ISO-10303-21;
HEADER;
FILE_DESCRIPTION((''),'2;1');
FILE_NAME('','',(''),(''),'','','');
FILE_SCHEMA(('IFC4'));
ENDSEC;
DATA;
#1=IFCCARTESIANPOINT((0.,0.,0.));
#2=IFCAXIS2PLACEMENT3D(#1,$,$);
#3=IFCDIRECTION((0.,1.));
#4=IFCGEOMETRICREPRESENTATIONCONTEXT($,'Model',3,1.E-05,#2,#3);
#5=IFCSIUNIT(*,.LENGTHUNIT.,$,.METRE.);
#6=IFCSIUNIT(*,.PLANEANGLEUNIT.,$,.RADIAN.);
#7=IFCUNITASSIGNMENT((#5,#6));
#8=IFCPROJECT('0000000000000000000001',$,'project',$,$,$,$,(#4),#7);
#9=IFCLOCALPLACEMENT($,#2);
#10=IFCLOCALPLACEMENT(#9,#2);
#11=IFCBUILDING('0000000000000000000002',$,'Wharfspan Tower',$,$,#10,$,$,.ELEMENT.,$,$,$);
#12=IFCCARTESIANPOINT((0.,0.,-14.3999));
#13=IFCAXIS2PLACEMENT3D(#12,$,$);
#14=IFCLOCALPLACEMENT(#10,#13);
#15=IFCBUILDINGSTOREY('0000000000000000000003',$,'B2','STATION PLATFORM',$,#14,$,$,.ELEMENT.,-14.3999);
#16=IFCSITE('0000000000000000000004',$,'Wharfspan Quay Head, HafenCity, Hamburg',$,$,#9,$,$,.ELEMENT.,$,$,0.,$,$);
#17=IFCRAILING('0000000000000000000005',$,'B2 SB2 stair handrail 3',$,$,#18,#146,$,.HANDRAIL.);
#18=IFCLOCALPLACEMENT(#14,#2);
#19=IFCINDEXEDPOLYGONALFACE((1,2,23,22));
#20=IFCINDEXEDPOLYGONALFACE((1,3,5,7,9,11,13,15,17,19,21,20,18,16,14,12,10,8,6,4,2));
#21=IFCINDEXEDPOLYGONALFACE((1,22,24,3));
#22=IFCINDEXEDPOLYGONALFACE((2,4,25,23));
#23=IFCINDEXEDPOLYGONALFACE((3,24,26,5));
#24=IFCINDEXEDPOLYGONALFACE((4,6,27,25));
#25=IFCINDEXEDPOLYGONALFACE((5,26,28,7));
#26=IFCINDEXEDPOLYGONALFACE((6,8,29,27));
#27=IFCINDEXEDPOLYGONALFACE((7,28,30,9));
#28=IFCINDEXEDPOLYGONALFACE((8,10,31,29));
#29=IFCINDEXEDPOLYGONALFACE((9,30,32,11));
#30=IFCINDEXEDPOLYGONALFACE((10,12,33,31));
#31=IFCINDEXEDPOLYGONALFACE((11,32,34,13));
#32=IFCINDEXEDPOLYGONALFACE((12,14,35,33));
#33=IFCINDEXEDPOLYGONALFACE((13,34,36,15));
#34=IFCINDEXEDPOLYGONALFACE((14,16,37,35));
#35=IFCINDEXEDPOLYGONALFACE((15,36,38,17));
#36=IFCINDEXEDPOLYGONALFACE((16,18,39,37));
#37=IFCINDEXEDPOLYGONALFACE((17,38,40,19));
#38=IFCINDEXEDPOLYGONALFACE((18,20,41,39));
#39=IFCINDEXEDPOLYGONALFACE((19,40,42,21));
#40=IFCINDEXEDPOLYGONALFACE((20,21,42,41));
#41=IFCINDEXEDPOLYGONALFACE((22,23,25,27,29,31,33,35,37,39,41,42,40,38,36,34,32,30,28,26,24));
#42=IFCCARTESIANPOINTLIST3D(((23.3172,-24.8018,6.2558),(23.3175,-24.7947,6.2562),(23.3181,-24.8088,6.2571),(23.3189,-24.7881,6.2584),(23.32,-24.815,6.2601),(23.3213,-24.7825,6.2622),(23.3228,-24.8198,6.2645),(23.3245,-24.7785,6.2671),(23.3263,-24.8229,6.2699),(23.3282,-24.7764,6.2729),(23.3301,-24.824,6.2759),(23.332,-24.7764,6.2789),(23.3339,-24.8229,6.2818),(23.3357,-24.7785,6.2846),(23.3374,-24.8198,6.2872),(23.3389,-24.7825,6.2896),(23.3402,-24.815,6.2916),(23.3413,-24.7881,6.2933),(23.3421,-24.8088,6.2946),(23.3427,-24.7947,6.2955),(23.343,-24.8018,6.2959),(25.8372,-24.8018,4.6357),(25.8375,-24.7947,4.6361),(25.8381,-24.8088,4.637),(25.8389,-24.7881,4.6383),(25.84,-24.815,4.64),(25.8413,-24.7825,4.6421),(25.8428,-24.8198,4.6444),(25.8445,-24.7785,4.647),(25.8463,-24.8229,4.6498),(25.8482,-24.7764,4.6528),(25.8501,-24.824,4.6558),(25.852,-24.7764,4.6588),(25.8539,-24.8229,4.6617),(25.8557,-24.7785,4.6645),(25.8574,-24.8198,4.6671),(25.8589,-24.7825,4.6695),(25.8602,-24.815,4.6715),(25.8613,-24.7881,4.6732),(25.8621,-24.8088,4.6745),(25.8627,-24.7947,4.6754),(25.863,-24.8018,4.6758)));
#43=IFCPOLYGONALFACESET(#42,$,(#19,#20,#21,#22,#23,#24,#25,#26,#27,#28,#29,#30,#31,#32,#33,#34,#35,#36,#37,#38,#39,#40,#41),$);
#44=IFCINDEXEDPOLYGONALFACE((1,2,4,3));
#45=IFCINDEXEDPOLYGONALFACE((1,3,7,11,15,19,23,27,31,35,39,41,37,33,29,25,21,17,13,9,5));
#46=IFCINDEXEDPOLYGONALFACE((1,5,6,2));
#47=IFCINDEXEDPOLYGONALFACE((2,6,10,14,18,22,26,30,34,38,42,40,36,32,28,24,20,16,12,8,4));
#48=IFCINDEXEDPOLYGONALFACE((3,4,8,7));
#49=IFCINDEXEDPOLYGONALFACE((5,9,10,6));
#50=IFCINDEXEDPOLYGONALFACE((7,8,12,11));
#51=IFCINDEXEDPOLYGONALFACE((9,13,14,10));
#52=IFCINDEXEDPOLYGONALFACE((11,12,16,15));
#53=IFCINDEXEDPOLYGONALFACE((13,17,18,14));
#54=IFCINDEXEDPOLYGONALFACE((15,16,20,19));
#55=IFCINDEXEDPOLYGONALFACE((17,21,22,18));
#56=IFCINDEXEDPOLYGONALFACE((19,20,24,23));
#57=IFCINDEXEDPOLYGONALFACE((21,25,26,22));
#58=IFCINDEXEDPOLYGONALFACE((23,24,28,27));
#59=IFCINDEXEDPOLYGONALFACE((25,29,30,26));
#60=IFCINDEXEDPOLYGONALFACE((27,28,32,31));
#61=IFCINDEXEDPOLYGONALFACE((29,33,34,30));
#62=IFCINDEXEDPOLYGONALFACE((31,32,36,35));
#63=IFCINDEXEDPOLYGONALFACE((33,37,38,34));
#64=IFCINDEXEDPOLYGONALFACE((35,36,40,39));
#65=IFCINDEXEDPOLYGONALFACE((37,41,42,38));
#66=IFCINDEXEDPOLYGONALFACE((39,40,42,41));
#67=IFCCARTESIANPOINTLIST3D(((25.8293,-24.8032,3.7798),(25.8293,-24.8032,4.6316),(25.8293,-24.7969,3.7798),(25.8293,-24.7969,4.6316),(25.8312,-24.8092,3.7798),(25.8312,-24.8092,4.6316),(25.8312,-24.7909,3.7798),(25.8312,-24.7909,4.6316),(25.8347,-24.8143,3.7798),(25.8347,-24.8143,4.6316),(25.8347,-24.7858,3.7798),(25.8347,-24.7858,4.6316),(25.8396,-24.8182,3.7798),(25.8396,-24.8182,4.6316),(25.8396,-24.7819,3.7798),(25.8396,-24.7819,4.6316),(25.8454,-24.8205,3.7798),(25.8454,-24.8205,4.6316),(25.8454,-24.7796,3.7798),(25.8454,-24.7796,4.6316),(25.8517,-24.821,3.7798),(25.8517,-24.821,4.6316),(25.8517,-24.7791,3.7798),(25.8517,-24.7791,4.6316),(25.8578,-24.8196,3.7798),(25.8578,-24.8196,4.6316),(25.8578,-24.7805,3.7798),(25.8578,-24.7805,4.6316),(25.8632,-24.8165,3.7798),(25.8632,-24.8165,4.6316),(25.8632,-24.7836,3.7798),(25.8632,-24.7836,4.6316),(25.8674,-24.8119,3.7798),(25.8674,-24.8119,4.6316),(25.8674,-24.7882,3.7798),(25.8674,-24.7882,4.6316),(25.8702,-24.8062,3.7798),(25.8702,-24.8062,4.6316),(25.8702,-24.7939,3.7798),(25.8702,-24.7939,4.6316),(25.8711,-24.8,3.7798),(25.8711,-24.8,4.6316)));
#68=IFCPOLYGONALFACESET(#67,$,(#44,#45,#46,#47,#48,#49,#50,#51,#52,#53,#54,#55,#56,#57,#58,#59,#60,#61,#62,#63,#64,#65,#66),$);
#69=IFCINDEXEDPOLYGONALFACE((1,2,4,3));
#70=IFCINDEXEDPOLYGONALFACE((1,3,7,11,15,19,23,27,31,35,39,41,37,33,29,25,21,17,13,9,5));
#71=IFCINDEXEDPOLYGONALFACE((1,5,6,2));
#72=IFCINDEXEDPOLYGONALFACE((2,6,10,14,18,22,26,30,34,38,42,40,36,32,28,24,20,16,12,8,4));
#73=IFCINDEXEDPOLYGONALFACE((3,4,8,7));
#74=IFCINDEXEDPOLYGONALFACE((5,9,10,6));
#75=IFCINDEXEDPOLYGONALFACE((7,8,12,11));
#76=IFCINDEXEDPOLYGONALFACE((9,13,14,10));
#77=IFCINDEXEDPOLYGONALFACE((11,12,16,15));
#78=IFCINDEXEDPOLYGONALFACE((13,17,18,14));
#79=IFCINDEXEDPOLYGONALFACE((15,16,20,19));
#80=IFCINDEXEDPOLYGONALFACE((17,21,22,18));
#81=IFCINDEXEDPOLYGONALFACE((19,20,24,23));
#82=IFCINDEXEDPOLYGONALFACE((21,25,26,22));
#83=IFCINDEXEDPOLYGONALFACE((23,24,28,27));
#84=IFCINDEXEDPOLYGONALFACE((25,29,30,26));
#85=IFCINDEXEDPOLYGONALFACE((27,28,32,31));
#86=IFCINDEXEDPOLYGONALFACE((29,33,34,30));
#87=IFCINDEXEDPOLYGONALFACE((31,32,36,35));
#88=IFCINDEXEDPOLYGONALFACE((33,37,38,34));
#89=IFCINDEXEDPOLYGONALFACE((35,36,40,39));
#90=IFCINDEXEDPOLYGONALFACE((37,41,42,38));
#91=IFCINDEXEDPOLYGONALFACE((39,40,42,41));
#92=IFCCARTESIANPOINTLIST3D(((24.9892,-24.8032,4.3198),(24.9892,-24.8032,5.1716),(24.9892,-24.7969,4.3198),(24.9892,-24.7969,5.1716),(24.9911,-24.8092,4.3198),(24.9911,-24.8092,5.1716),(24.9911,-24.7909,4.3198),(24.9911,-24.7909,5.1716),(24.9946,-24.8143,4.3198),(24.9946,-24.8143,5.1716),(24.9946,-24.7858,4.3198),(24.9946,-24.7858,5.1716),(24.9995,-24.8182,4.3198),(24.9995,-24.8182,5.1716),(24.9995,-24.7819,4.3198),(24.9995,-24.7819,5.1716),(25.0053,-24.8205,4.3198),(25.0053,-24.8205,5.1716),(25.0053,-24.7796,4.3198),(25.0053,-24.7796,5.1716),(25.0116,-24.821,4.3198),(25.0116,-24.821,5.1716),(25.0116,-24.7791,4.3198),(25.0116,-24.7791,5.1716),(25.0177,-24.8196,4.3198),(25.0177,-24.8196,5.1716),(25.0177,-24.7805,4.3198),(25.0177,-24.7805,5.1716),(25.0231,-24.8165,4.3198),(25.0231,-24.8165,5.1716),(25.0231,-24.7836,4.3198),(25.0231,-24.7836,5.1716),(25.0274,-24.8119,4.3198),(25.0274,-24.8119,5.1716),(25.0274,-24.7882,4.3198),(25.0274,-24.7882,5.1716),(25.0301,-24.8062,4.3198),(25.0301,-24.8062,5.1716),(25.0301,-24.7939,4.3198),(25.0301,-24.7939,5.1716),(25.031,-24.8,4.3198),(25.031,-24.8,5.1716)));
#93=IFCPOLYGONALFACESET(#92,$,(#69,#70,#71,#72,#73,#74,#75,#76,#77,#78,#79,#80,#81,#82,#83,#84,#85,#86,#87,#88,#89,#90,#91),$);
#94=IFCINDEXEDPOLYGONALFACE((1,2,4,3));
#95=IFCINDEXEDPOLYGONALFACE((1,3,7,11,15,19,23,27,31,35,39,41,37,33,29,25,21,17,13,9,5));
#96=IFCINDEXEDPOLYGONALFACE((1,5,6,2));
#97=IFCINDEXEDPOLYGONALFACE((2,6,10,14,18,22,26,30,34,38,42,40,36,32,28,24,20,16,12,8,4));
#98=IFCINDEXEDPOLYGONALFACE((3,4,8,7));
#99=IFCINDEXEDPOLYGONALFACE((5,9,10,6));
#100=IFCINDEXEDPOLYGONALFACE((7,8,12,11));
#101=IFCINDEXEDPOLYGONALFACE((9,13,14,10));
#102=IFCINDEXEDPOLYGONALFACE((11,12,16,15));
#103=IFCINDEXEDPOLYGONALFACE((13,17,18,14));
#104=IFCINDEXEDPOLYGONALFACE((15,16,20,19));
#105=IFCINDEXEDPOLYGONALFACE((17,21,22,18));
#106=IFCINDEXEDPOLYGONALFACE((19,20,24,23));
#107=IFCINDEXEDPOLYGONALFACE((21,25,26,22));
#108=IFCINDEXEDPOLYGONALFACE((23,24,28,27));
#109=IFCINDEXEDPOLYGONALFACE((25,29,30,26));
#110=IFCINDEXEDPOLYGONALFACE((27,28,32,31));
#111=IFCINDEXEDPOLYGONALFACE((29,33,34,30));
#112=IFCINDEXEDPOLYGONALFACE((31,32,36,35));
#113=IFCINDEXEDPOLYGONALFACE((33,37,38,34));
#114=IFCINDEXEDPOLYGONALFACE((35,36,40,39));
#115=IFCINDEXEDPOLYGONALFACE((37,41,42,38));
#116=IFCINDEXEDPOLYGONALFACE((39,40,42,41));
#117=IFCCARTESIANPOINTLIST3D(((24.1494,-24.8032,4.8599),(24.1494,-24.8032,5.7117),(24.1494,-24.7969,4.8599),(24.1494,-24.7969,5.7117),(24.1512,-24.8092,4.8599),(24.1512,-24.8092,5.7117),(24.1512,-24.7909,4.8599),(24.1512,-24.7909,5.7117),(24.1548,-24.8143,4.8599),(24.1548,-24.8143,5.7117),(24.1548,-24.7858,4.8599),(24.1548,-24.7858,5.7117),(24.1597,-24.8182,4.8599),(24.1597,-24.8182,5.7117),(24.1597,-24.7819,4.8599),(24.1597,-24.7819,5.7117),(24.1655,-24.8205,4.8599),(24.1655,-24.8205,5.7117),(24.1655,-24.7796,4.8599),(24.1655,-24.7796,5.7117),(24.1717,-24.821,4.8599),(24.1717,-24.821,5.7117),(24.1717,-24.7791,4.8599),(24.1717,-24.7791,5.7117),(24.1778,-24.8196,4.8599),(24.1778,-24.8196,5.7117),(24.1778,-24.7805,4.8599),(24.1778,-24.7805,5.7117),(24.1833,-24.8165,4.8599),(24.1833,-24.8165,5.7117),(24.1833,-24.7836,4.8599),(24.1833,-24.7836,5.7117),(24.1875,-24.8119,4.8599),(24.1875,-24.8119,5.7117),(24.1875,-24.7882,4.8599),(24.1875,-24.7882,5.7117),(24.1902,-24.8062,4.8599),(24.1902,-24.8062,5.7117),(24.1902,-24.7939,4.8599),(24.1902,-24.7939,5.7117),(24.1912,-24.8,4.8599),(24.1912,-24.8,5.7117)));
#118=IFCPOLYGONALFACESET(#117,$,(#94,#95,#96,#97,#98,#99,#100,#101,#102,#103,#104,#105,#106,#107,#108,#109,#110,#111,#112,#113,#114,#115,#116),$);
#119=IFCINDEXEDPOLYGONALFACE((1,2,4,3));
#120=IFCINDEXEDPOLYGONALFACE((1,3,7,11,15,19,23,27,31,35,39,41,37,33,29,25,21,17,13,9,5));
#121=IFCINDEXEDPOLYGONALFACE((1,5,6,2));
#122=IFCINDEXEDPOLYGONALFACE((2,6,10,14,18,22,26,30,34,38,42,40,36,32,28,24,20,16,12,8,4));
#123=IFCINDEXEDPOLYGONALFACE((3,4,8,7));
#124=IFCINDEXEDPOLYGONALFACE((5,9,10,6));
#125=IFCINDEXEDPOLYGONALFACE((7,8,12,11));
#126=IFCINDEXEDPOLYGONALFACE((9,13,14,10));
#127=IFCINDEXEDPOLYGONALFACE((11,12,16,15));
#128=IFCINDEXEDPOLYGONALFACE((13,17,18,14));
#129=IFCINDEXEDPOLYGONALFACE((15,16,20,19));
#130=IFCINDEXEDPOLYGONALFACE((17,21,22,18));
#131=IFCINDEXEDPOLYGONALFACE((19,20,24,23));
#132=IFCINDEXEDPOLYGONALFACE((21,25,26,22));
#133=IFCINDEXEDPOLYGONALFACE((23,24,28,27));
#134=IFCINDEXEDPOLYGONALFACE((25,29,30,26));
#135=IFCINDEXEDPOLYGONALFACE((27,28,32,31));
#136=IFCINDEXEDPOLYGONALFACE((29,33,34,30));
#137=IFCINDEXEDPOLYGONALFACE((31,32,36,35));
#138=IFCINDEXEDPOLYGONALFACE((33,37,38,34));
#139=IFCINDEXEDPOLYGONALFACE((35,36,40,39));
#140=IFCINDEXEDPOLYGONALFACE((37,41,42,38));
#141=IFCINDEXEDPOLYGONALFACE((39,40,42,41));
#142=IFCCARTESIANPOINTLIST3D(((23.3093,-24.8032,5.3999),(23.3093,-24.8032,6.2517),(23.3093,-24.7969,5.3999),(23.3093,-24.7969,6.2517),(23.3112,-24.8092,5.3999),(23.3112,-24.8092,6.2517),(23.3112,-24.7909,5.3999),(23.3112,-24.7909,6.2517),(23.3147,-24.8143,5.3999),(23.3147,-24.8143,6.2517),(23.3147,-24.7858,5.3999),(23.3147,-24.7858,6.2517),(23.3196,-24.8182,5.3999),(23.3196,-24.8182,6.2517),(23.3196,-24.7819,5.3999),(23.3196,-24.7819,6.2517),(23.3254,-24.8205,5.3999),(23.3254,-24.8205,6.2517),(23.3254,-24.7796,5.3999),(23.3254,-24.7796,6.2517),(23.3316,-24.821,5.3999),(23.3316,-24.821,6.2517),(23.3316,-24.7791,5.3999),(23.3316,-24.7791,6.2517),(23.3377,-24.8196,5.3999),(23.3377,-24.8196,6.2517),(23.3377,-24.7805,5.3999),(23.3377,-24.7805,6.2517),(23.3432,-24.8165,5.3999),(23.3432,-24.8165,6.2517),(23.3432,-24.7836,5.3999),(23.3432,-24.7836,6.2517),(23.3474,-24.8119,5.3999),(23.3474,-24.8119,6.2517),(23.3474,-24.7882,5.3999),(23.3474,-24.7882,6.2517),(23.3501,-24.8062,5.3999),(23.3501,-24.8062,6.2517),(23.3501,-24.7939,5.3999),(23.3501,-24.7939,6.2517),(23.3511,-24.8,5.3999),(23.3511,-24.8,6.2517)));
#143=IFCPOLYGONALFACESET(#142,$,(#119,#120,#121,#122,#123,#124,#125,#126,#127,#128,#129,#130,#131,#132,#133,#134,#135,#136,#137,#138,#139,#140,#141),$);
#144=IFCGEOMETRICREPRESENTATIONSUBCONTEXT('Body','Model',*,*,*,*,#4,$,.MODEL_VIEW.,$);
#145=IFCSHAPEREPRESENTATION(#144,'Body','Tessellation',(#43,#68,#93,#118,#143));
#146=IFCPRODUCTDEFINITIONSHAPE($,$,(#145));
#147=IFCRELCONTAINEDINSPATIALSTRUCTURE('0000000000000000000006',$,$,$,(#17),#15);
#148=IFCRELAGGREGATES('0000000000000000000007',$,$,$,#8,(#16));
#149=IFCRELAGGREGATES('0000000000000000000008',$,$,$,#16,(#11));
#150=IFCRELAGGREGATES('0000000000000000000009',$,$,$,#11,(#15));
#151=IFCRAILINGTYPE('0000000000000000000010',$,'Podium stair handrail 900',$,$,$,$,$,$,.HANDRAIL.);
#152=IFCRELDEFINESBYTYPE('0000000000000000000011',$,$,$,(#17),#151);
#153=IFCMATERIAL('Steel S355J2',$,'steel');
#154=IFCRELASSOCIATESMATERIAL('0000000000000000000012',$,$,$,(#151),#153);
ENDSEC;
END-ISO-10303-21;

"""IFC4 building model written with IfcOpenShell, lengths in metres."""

from ifc_helpers import new_model, si_unit, direction, frame, origin, origin_2d, place, context, subcontext, project, spatial, circle, extrude, material, type_object, element, save


model = new_model("IFC4")

# Units and contexts
model_context = context("Model", 3, precision=1e-05, world=origin(), true_north=direction((0.0, 1.0)))
body_context = subcontext(model_context, "Body", "Model", "MODEL_VIEW")
ifc_project = project(units=[si_unit("LENGTHUNIT", "METRE"), si_unit("PLANEANGLEUNIT", "RADIAN")], contexts=[model_context])

# Site, building, storey
site_placement = place(None, origin())
site = spatial("IfcSite", under=ifc_project, at=site_placement, Name="Wharfspan Quay Head, HafenCity, Hamburg", CompositionType="ELEMENT", RefElevation=0.0)
building_placement = place(site_placement, origin())
building = spatial("IfcBuilding", under=site, at=building_placement, Name="Wharfspan Tower", CompositionType="ELEMENT")
storey_placement = place(building_placement, frame((0.0, 0.0, -14.3999)))
storey = spatial("IfcBuildingStorey", under=building, at=storey_placement, Name="B2", Description="STATION PLATFORM", CompositionType="ELEMENT", Elevation=-14.3999)

# Railing
ifc_material_1 = material(Name="Steel S355J2", Category="steel")
railing_type_1 = type_object("IfcRailingType", Name="Podium stair handrail 900", PredefinedType="HANDRAIL", material=ifc_material_1)
railing_1_placement = place(storey_placement, frame((25.8501, -24.8, 3.7798)))
element("IfcRailing", 1, at=railing_1_placement, inside=storey, type_object=railing_type_1, Name="B2 SB2 stair handrail 3", PredefinedType="HANDRAIL", context=body_context, shape_type="SweptSolid", body=[
    extrude(circle(Radius=0.0239, at=origin_2d()), frame((0.0, 0.0, 0.876), z_axis=(-0.841163, 0.0, 0.540782), x_axis=(0.0, -1.0, 0.0)), (0.0, 0.0, 1.0), 2.9958),
    extrude(circle(Radius=0.021, at=origin_2d()), origin(), (0.0, 0.0, 1.0), 0.8518),
    extrude(circle(Radius=0.021, at=origin_2d()), frame((-0.8401, 0.0, 0.54)), (0.0, 0.0, 1.0), 0.8518),
    extrude(circle(Radius=0.021, at=origin_2d()), frame((-1.6799, 0.0, 1.0801)), (0.0, 0.0, 1.0), 0.8518),
    extrude(circle(Radius=0.021, at=origin_2d()), frame((-2.52, 0.0, 1.6201)), (0.0, 0.0, 1.0), 0.8518),
])

save(model, "model.ifc")
